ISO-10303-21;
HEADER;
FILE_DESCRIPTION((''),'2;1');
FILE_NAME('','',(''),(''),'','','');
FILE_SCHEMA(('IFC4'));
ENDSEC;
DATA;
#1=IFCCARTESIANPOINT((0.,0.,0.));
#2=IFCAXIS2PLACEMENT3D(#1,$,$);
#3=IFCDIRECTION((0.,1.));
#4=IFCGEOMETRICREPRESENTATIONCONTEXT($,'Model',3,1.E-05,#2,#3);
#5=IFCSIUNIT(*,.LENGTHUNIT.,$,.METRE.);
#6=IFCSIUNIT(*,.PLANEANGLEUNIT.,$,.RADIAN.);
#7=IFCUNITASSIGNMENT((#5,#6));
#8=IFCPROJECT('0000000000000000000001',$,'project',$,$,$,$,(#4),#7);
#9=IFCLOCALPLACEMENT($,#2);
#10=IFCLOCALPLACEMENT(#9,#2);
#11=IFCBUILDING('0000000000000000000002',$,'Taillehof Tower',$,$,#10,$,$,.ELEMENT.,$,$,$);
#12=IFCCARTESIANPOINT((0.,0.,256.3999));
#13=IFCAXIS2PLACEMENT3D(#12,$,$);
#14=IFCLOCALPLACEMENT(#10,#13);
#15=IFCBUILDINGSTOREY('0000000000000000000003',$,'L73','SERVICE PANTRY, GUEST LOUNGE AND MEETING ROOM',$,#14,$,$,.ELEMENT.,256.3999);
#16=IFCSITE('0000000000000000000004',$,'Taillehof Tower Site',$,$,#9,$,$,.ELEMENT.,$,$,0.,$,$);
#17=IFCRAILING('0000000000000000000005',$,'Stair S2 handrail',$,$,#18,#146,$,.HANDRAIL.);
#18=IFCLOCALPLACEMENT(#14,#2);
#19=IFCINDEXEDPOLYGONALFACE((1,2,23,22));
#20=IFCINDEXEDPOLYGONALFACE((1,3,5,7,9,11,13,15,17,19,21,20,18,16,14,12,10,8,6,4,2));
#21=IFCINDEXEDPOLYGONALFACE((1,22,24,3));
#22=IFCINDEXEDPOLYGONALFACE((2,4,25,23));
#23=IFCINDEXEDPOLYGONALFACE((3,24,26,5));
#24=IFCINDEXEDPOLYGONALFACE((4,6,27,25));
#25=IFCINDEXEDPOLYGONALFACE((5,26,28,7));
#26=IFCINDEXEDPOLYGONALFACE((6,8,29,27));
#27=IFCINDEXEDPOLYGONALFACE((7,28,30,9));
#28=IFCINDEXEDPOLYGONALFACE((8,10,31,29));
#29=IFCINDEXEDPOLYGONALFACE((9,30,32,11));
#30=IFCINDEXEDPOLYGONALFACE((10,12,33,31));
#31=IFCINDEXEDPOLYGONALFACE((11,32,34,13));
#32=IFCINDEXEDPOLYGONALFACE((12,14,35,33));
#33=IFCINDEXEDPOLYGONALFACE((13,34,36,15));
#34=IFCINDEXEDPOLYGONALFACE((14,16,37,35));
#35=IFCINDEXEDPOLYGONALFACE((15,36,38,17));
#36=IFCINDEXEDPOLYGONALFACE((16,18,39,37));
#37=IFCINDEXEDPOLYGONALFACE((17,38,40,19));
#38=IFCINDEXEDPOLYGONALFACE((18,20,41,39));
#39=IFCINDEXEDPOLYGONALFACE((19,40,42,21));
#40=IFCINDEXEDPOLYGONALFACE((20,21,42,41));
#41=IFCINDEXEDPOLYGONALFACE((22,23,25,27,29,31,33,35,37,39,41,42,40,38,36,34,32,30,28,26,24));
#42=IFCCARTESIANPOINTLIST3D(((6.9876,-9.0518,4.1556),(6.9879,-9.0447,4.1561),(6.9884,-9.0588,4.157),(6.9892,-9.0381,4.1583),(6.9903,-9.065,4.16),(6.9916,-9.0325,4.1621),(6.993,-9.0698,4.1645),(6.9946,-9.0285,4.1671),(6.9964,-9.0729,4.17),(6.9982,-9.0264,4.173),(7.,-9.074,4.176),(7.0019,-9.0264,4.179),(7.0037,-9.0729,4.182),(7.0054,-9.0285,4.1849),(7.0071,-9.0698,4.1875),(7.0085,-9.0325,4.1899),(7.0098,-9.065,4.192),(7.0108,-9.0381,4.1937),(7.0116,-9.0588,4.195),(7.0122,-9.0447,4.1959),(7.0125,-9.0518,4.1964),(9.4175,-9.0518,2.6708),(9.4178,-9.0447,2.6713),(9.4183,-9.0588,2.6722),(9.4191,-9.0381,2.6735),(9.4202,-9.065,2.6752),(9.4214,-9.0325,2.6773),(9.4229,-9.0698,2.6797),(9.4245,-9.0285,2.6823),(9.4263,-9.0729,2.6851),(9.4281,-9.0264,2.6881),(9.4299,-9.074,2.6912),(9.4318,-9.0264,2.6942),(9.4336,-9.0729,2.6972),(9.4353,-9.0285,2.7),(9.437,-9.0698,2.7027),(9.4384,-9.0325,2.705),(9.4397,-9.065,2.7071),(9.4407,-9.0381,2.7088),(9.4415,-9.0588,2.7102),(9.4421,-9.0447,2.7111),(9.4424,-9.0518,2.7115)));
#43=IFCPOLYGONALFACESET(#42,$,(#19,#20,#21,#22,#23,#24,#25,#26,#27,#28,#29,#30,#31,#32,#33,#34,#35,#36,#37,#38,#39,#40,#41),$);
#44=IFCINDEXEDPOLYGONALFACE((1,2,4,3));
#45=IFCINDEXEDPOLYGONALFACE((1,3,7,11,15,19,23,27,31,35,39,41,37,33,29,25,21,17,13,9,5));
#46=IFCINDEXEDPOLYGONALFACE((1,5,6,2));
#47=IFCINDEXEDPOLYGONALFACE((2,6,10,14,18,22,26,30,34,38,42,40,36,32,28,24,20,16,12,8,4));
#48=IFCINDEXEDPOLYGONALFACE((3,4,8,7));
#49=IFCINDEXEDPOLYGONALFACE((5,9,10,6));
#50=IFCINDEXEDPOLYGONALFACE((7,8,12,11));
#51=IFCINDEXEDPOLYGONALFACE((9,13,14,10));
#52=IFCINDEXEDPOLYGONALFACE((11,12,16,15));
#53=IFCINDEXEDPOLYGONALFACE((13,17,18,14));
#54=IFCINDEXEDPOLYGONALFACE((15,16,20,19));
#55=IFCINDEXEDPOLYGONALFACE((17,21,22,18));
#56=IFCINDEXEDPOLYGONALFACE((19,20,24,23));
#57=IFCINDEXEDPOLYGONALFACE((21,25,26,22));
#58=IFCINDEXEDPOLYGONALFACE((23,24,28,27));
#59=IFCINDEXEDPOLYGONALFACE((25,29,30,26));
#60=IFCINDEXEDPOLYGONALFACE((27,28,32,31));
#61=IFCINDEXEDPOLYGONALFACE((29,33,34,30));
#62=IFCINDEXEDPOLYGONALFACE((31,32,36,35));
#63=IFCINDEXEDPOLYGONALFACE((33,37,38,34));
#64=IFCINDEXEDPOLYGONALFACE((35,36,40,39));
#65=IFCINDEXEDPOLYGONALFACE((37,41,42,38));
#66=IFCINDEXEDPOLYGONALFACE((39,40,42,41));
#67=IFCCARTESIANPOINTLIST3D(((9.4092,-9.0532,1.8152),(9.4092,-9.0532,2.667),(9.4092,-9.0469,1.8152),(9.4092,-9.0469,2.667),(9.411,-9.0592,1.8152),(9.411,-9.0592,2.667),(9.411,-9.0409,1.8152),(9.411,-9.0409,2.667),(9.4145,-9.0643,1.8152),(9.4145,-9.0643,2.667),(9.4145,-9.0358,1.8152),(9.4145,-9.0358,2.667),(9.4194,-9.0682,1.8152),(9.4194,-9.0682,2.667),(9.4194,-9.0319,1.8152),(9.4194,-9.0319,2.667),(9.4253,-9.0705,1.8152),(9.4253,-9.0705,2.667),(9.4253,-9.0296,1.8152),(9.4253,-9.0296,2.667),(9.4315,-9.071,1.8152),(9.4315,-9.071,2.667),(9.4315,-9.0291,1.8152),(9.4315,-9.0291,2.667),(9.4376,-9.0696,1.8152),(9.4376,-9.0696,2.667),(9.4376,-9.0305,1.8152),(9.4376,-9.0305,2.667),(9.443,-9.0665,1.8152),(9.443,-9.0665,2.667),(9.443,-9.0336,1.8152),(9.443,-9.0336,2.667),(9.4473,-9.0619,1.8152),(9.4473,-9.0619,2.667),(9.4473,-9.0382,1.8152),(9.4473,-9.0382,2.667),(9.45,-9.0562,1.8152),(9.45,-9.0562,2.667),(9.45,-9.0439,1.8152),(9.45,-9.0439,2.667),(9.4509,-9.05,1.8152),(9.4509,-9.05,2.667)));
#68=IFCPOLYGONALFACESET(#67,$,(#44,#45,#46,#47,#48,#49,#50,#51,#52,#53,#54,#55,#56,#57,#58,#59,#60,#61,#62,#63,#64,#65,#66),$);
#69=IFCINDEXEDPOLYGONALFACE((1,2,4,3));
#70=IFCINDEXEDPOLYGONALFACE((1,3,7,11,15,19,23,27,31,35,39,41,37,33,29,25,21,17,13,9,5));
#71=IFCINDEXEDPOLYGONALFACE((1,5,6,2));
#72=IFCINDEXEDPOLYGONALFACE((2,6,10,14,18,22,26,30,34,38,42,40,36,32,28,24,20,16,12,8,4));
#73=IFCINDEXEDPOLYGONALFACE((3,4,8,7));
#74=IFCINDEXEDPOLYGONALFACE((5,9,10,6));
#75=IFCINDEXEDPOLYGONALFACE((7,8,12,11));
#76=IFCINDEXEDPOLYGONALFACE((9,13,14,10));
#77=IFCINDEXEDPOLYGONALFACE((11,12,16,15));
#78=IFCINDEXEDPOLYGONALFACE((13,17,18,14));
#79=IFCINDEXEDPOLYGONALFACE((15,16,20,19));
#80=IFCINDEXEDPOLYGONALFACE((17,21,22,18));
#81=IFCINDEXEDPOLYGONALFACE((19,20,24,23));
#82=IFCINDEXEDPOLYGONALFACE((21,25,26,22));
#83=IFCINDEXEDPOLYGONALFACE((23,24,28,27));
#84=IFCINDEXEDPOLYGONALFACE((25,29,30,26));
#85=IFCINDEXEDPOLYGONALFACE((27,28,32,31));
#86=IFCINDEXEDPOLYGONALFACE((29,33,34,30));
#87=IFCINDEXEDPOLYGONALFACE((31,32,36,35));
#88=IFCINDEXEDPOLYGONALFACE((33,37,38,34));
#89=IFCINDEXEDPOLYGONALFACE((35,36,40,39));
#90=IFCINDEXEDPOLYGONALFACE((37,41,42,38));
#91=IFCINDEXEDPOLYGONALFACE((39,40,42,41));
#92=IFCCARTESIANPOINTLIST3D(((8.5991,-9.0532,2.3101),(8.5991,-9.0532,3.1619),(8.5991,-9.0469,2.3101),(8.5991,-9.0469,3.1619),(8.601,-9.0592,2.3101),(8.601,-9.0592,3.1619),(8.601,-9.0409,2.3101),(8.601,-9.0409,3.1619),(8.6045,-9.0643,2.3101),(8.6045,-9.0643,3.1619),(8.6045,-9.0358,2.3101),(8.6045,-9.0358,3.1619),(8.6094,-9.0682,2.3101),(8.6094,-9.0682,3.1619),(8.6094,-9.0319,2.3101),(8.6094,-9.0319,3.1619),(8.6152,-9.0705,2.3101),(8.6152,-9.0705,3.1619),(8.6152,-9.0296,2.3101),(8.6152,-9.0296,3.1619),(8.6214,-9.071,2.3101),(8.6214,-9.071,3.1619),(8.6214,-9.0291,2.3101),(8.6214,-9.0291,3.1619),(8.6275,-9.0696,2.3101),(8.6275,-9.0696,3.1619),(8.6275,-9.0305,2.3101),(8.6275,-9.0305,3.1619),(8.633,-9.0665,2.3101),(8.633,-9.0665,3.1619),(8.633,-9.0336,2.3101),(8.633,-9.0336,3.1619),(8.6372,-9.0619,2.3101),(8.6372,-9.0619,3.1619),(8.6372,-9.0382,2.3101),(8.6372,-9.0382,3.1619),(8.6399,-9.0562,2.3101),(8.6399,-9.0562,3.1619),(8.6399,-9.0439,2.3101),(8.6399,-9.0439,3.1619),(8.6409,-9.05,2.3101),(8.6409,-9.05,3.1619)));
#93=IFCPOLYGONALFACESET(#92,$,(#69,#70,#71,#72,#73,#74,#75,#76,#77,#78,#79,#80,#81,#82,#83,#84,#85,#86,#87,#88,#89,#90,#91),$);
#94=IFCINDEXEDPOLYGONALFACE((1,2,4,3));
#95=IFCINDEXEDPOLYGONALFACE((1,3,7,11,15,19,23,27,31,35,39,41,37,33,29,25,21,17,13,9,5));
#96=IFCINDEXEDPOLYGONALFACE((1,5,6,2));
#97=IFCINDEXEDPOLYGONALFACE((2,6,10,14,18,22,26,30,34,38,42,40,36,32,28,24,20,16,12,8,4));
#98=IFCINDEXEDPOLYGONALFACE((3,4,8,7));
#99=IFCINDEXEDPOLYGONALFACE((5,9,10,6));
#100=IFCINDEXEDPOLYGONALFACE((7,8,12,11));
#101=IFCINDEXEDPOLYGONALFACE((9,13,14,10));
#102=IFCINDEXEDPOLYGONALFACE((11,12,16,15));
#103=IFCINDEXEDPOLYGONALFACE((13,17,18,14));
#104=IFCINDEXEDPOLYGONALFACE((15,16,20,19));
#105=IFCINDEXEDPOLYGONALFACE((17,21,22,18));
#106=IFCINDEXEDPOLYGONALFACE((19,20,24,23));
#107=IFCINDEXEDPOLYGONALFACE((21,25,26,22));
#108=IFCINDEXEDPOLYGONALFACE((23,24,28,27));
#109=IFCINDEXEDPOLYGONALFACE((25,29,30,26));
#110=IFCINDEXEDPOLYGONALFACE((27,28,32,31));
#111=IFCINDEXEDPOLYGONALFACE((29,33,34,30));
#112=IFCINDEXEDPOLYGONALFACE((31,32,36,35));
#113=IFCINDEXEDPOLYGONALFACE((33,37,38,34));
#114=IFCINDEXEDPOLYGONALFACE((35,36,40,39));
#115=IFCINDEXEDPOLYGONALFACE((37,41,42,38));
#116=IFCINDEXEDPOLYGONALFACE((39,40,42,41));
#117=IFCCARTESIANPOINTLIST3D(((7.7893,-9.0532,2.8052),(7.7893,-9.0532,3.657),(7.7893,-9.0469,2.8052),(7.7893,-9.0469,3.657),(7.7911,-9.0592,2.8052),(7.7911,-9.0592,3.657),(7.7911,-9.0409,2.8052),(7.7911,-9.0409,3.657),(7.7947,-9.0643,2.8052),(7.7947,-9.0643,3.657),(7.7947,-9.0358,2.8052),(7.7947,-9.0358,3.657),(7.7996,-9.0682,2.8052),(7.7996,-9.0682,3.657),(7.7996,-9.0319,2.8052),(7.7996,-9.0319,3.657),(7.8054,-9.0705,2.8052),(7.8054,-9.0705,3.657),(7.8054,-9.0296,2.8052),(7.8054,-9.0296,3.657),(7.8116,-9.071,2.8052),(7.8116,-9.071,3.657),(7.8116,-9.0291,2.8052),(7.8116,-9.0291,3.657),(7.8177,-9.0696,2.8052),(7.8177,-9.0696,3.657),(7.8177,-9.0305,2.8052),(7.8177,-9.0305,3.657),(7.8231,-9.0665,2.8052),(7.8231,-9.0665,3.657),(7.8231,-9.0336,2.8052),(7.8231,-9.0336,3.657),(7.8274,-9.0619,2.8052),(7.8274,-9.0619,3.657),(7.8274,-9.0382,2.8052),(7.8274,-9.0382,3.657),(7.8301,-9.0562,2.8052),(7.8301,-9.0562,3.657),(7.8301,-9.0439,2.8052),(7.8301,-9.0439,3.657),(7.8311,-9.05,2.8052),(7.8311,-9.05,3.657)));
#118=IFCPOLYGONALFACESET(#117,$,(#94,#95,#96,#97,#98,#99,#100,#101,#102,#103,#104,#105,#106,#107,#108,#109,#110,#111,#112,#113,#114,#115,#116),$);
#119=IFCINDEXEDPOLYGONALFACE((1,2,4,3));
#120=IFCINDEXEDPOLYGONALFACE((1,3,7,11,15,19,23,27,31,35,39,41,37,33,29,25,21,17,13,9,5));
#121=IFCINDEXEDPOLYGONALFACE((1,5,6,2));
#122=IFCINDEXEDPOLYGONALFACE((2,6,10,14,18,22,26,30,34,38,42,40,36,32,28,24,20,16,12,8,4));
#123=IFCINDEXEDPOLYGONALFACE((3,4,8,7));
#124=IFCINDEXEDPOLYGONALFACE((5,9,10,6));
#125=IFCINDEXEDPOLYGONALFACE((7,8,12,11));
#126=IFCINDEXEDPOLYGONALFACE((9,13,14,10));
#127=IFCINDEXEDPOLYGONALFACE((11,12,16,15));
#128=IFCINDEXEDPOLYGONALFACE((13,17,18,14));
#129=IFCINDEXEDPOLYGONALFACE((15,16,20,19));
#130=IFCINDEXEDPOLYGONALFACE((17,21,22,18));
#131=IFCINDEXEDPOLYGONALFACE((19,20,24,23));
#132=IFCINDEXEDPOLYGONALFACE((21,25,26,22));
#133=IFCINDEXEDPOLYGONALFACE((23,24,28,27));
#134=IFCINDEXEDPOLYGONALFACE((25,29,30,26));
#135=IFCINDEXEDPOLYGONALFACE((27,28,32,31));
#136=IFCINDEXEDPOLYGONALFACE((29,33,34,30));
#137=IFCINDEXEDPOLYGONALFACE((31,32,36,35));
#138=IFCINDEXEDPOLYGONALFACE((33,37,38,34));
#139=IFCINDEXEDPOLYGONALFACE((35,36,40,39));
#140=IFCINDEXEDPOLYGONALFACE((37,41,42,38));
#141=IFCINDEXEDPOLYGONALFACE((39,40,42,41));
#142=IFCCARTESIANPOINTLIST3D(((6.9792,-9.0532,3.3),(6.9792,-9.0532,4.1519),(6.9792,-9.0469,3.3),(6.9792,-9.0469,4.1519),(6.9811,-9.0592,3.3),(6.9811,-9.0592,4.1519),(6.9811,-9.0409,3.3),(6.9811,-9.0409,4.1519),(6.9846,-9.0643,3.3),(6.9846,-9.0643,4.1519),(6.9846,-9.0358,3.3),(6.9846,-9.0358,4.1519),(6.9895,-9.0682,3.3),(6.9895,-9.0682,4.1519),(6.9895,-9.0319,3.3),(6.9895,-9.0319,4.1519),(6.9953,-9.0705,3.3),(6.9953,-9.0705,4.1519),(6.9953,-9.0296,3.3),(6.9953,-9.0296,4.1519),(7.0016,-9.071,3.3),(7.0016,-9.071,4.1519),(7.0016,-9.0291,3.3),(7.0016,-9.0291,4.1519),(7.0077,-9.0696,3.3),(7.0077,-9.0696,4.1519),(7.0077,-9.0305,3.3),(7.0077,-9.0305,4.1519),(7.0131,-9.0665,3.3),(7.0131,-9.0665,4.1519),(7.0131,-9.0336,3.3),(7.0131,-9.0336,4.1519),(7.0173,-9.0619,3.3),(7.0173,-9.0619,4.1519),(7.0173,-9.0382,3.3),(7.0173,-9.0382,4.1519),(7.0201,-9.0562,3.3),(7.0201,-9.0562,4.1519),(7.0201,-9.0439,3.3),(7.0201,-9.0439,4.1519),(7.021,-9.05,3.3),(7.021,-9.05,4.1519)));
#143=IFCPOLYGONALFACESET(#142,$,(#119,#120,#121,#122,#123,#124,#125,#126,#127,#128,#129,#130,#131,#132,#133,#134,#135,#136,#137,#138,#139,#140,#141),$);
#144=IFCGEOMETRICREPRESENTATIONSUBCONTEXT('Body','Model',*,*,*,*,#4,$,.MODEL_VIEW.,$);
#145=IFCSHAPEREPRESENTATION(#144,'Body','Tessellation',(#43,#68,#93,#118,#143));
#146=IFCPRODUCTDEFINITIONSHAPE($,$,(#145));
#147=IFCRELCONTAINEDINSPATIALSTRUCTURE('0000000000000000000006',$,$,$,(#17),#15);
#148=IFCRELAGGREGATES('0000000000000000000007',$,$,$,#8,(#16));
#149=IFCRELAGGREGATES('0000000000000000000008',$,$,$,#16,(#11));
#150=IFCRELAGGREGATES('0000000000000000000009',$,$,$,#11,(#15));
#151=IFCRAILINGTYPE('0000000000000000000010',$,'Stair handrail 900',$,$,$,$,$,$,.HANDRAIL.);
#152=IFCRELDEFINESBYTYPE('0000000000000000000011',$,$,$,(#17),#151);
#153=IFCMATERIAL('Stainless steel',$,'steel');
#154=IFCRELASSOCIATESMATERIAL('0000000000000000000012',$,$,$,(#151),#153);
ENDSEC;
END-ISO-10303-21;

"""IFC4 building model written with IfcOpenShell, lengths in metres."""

from ifc_helpers import new_model, si_unit, direction, frame, origin, origin_2d, place, context, subcontext, project, spatial, circle, extrude, material, type_object, element, save


model = new_model("IFC4")

# Units and contexts
model_context = context("Model", 3, precision=1e-05, world=origin(), true_north=direction((0.0, 1.0)))
body_context = subcontext(model_context, "Body", "Model", "MODEL_VIEW")
ifc_project = project(units=[si_unit("LENGTHUNIT", "METRE"), si_unit("PLANEANGLEUNIT", "RADIAN")], contexts=[model_context])

# Site, building, storey
site_placement = place(None, origin())
site = spatial("IfcSite", under=ifc_project, at=site_placement, Name="Taillehof Tower Site", CompositionType="ELEMENT", RefElevation=0.0)
building_placement = place(site_placement, origin())
building = spatial("IfcBuilding", under=site, at=building_placement, Name="Taillehof Tower", CompositionType="ELEMENT")
storey_placement = place(building_placement, frame((0.0, 0.0, 256.3999)))
storey = spatial("IfcBuildingStorey", under=building, at=storey_placement, Name="L73", Description="SERVICE PANTRY, GUEST LOUNGE AND MEETING ROOM", CompositionType="ELEMENT", Elevation=256.3999)

# Railing
ifc_material_1 = material(Name="Stainless steel", Category="steel")
railing_type = type_object("IfcRailingType", Name="Stair handrail 900", PredefinedType="HANDRAIL", material=ifc_material_1)
railing_placement = place(storey_placement, frame((9.4299, -9.05, 1.8152)))
element("IfcRailing", 1, at=railing_placement, inside=storey, type_object=railing_type, Name="Stair S2 handrail", PredefinedType="HANDRAIL", context=body_context, shape_type="SweptSolid", body=[
    extrude(circle(Radius=0.0239, at=origin_2d()), frame((0.0, 0.0, 0.876), z_axis=(-0.853297, 0.0, 0.521426), x_axis=(0.0, -1.0, 0.0)), (0.0, 0.0, 1.0), 2.8477),
    extrude(circle(Radius=0.021, at=origin_2d()), origin(), (0.0, 0.0, 1.0), 0.8518),
    extrude(circle(Radius=0.021, at=origin_2d()), frame((-0.8101, 0.0, 0.4949)), (0.0, 0.0, 1.0), 0.8518),
    extrude(circle(Radius=0.021, at=origin_2d()), frame((-1.6199, 0.0, 0.99)), (0.0, 0.0, 1.0), 0.8518),
    extrude(circle(Radius=0.021, at=origin_2d()), frame((-2.4299, 0.0, 1.4849)), (0.0, 0.0, 1.0), 0.8518),
])

save(model, "model.ifc")
